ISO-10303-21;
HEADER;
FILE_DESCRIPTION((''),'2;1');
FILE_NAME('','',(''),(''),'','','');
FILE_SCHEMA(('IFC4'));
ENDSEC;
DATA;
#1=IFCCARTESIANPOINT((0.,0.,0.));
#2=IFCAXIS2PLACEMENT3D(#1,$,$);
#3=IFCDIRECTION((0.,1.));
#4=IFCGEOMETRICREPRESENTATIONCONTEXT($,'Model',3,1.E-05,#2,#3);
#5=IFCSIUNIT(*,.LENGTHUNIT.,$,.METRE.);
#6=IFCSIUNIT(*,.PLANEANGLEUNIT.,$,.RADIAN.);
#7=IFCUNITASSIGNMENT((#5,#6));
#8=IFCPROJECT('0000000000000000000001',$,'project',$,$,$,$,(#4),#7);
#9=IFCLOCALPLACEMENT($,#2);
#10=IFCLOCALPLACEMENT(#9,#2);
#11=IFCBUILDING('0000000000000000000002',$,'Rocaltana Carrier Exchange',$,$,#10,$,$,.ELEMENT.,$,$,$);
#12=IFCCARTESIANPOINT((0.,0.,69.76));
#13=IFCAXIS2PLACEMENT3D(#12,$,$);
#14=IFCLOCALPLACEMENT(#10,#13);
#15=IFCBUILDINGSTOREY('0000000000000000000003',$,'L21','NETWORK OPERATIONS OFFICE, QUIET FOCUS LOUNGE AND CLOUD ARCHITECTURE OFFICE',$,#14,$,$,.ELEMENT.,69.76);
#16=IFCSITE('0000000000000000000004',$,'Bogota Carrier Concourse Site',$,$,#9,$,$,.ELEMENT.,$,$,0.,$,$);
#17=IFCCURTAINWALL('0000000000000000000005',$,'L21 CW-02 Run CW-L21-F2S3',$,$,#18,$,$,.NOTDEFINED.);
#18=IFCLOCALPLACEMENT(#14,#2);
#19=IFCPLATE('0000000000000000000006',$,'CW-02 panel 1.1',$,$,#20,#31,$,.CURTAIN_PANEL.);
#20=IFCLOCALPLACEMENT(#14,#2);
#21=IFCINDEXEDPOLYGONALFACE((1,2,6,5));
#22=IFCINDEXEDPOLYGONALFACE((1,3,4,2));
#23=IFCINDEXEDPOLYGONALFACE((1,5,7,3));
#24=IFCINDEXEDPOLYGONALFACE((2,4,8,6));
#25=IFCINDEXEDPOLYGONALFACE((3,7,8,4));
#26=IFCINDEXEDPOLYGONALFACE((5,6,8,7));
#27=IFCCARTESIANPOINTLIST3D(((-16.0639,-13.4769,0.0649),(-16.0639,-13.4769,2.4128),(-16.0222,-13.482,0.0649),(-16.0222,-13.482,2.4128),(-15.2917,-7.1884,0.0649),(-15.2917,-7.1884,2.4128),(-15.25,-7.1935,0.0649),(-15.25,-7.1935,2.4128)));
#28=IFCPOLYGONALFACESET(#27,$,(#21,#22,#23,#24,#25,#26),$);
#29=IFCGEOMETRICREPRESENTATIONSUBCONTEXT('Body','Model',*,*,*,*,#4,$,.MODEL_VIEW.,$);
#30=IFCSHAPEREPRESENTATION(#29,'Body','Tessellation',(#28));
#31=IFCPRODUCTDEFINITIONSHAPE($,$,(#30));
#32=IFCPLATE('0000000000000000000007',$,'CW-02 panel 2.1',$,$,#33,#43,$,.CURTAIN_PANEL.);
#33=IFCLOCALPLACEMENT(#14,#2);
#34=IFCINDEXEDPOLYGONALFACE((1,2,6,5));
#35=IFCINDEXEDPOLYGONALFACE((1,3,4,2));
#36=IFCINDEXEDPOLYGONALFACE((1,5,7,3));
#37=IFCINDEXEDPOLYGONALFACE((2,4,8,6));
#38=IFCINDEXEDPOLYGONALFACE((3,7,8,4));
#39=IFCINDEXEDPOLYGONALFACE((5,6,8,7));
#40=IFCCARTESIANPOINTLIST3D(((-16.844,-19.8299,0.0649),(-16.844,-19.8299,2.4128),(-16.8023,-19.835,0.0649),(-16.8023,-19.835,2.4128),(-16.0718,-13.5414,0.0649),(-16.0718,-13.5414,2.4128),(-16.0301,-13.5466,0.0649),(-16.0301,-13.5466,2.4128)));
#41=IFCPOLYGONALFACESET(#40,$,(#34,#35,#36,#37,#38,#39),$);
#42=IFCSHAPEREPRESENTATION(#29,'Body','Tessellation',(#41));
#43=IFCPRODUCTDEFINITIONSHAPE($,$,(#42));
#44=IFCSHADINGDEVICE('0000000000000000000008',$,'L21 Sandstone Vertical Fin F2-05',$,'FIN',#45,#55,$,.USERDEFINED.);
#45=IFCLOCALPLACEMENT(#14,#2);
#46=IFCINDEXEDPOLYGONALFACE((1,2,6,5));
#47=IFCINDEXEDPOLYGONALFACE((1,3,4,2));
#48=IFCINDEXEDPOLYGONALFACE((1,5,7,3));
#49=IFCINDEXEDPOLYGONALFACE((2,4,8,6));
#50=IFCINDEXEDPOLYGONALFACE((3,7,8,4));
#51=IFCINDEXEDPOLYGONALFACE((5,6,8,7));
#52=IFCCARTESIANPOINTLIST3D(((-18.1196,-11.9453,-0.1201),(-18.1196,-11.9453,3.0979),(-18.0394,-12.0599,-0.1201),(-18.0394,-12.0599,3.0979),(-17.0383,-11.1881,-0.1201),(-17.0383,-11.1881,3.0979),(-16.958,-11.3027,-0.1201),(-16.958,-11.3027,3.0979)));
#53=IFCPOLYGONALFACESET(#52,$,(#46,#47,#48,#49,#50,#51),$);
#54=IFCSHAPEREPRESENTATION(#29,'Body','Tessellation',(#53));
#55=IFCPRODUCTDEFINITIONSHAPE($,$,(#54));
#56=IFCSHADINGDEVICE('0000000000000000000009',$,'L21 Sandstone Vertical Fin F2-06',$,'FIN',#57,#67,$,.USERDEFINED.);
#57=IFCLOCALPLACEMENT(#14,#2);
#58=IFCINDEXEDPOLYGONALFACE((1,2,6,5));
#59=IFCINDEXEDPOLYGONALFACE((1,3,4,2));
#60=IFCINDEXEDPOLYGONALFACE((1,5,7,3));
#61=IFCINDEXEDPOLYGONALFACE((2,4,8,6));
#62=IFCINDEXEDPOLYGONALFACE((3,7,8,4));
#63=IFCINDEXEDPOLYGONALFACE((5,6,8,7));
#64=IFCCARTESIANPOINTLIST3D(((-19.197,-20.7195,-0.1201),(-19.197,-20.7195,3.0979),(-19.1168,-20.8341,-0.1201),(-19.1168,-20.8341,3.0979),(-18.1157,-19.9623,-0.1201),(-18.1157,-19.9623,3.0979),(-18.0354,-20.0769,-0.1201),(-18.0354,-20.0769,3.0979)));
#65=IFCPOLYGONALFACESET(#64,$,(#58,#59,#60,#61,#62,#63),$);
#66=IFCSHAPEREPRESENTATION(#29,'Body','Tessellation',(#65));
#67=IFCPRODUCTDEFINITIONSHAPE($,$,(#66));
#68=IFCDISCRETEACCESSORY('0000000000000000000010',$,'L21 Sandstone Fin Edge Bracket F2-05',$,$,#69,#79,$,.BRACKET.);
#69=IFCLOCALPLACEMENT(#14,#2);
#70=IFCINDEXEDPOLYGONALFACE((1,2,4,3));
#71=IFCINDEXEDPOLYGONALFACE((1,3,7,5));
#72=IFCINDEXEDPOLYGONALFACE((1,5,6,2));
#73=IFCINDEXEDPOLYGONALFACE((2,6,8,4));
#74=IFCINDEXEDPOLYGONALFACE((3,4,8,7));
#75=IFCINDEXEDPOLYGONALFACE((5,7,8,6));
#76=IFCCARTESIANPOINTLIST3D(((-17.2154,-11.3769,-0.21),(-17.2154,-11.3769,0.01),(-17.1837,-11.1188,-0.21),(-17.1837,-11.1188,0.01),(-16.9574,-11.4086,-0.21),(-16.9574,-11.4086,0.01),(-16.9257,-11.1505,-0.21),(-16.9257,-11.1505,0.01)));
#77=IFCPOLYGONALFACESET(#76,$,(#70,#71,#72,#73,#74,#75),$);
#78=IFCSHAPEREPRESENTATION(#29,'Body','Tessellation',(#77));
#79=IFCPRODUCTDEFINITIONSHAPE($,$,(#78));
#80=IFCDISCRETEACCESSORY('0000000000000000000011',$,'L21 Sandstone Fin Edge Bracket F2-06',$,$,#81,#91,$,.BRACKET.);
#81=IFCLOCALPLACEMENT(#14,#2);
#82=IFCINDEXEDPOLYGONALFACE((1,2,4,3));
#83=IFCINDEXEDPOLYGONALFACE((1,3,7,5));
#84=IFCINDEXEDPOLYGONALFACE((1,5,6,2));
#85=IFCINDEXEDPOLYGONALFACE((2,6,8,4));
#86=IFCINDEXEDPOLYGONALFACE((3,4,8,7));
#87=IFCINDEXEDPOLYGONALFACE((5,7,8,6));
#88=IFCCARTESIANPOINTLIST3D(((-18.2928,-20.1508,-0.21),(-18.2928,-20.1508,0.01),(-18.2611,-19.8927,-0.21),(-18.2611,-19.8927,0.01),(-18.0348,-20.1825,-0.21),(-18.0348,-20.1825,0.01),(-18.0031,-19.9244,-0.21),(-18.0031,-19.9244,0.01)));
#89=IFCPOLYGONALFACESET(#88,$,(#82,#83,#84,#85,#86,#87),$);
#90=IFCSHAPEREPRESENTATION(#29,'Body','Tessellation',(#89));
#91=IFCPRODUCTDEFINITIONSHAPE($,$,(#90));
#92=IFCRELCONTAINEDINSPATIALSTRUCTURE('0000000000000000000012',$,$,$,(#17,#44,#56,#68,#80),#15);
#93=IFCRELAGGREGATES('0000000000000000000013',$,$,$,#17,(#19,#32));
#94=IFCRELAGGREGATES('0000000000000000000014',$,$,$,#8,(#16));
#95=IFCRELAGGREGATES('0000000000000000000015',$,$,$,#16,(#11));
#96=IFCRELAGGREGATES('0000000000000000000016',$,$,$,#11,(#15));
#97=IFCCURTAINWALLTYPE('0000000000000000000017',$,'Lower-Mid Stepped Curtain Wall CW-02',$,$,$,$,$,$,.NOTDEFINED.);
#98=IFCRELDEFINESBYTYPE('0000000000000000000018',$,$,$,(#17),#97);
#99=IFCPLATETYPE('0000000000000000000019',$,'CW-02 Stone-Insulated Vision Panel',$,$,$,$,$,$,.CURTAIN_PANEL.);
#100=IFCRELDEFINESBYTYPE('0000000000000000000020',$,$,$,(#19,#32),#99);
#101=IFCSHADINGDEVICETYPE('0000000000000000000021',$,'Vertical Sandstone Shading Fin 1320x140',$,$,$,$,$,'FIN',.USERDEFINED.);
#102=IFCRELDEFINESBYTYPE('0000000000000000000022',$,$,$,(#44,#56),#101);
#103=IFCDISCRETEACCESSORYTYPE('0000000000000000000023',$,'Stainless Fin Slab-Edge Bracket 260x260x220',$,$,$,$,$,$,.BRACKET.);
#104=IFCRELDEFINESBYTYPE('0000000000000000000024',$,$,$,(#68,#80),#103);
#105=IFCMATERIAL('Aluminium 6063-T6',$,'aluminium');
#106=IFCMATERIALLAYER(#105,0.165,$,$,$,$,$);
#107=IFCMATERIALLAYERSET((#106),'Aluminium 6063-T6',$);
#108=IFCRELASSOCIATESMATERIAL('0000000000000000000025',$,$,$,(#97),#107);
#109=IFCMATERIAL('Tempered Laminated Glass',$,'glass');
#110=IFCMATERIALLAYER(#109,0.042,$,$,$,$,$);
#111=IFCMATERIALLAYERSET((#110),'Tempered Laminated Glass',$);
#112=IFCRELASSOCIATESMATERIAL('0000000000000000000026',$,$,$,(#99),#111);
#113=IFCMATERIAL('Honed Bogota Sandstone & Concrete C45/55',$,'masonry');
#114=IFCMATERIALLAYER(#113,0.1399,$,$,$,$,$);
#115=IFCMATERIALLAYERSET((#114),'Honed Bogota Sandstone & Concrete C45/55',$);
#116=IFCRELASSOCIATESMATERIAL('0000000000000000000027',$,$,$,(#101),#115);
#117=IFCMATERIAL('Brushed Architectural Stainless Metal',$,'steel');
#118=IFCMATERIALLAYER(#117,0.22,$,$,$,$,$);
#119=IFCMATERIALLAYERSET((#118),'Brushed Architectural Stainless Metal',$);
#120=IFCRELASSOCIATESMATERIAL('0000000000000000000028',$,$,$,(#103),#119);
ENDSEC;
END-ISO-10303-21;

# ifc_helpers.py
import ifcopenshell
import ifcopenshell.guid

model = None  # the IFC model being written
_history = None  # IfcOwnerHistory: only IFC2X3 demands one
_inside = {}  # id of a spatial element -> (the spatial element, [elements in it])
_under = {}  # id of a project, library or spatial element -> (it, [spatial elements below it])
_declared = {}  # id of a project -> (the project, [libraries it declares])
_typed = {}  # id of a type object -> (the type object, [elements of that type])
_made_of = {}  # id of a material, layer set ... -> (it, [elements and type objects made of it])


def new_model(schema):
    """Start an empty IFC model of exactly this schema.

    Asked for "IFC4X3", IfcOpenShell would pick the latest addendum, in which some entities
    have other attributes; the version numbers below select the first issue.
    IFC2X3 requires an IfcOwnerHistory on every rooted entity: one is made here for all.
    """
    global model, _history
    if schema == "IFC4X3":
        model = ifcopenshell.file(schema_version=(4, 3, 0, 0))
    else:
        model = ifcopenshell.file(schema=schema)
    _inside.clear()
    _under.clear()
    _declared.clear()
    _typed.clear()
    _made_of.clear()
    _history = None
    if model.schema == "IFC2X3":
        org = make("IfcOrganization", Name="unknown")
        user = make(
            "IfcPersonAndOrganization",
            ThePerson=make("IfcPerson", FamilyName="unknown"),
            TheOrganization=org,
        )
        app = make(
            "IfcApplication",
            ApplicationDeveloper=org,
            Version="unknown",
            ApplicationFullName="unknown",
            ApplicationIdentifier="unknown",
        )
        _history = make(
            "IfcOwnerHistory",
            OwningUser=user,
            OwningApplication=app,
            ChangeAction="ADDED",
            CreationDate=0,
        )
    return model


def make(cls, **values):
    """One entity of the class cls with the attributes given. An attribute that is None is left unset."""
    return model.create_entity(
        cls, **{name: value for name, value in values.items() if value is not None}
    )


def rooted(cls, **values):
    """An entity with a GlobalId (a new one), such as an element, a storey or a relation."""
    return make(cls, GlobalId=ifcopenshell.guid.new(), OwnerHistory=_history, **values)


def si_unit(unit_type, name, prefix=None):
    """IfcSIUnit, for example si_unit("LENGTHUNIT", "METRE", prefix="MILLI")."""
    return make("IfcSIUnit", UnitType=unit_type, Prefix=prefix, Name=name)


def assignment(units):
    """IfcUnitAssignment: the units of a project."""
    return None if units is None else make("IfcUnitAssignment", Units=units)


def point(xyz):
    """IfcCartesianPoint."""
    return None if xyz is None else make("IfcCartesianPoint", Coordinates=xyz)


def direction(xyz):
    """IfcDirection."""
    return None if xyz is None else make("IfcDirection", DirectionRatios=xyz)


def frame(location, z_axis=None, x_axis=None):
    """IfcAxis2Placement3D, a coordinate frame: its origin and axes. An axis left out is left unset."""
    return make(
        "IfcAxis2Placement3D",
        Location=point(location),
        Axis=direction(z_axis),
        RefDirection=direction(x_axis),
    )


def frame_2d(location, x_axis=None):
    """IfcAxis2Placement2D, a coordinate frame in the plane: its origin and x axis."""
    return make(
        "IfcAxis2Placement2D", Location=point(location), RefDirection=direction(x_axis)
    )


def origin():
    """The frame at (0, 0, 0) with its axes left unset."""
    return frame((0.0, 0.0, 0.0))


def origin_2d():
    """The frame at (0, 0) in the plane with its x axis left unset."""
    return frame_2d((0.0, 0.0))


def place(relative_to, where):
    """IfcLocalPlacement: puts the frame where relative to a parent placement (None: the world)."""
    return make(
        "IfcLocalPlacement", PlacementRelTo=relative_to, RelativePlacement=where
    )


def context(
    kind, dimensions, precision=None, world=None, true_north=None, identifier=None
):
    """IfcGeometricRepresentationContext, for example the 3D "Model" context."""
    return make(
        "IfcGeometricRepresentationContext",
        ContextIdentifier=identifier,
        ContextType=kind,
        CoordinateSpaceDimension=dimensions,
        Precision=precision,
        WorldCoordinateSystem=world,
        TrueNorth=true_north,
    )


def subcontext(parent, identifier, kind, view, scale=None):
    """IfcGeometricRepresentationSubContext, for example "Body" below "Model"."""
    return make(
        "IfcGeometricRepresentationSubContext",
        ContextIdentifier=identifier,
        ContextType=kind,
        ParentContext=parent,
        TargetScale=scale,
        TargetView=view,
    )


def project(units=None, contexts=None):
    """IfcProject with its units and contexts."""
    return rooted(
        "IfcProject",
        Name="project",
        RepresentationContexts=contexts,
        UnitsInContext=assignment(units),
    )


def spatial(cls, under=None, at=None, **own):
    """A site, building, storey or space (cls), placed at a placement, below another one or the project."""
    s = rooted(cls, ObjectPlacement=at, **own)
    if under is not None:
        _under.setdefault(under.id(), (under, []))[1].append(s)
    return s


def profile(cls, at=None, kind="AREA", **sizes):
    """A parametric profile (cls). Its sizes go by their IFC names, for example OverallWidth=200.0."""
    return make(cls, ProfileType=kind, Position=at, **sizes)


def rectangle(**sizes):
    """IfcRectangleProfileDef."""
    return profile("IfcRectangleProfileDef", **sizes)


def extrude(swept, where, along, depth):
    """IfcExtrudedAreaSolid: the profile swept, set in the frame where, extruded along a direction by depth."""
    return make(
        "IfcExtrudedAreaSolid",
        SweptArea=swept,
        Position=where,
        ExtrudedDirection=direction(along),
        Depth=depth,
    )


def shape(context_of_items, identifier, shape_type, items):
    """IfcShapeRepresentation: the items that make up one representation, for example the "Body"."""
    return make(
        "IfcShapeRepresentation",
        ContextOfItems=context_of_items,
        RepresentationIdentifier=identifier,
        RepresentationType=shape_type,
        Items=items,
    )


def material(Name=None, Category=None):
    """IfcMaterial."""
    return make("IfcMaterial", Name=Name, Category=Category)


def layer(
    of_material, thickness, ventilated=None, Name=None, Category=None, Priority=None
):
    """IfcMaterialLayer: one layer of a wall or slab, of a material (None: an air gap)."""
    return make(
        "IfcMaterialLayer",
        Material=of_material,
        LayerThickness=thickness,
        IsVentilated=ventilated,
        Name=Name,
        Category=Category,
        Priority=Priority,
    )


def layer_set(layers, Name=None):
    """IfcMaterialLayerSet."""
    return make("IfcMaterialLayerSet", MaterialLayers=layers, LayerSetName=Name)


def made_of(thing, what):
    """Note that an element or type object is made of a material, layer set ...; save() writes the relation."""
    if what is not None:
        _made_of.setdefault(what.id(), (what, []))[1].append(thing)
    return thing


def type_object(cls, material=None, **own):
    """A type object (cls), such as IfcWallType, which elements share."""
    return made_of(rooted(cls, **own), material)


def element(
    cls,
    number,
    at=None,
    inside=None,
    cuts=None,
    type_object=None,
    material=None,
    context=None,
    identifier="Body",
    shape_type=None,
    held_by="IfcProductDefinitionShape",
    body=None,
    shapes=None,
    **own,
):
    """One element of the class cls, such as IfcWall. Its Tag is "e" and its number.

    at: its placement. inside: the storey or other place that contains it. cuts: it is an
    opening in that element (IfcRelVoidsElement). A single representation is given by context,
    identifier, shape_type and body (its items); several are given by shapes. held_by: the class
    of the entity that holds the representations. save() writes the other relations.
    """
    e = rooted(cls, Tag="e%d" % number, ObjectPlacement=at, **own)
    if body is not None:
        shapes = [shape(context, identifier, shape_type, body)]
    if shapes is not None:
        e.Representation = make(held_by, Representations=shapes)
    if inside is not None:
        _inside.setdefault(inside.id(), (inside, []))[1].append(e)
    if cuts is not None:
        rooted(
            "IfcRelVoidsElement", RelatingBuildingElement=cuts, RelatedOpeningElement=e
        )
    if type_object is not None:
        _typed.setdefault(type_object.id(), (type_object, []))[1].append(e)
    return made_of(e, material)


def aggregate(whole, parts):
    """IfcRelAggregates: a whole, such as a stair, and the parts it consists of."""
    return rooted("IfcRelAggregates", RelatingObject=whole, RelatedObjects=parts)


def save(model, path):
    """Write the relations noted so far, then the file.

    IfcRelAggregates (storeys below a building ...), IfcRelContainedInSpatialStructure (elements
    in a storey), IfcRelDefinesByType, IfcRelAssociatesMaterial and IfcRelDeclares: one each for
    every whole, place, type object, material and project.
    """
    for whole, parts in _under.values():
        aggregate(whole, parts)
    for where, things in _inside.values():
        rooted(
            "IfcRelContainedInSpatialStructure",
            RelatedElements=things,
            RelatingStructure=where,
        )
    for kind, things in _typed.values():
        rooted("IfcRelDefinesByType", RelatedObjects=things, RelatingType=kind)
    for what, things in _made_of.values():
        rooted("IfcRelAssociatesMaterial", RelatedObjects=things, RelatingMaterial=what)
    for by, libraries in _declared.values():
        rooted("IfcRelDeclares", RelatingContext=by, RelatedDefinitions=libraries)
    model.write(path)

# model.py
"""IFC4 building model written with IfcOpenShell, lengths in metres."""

from ifc_helpers import new_model, si_unit, direction, frame, origin, origin_2d, place, context, subcontext, project, spatial, rectangle, extrude, material, layer, layer_set, type_object, element, aggregate, save


model = new_model("IFC4")

# Units and contexts
model_context = context("Model", 3, precision=1e-05, world=origin(), true_north=direction((0.0, 1.0)))
body_context = subcontext(model_context, "Body", "Model", "MODEL_VIEW")
ifc_project = project(units=[si_unit("LENGTHUNIT", "METRE"), si_unit("PLANEANGLEUNIT", "RADIAN")], contexts=[model_context])

# Site, building, storey
site_placement = place(None, origin())
site = spatial("IfcSite", under=ifc_project, at=site_placement, Name="Bogota Carrier Concourse Site", CompositionType="ELEMENT", RefElevation=0.0)
building_placement = place(site_placement, origin())
building = spatial("IfcBuilding", under=site, at=building_placement, Name="Rocaltana Carrier Exchange", CompositionType="ELEMENT")
storey_placement = place(building_placement, frame((0.0, 0.0, 69.76)))
storey = spatial("IfcBuildingStorey", under=building, at=storey_placement, Name="L21", Description="NETWORK OPERATIONS OFFICE, QUIET FOCUS LOUNGE AND CLOUD ARCHITECTURE OFFICE", CompositionType="ELEMENT", Elevation=69.76)

# Curtain wall
ifc_material_1 = material(Name="Aluminium 6063-T6", Category="aluminium")
ifc_layer_1 = layer(ifc_material_1, 0.165)
ifc_layer_set_1 = layer_set([ifc_layer_1], Name="Aluminium 6063-T6")
curtain_wall_type = type_object("IfcCurtainWallType", Name="Lower-Mid Stepped Curtain Wall CW-02", PredefinedType="NOTDEFINED", material=ifc_layer_set_1)
curtain_wall_1_placement = place(storey_placement, origin())
curtain_wall_1 = element("IfcCurtainWall", 1, at=curtain_wall_1_placement, inside=storey, type_object=curtain_wall_type, Name="L21 CW-02 Run CW-L21-F2S3", PredefinedType="NOTDEFINED")

# Plates
ifc_material_2 = material(Name="Tempered Laminated Glass", Category="glass")
ifc_layer_2 = layer(ifc_material_2, 0.042)
ifc_layer_set_2 = layer_set([ifc_layer_2], Name="Tempered Laminated Glass")
plate_type = type_object("IfcPlateType", Name="CW-02 Stone-Insulated Vision Panel", PredefinedType="CURTAIN_PANEL", material=ifc_layer_set_2)
plate_1_placement = place(storey_placement, frame((-15.657, -10.3352, 0.0649), z_axis=(0.0, 0.0, 1.0), x_axis=(-0.121881, -0.992545, 0.0)))
plate_1 = element("IfcPlate", 2, at=plate_1_placement, type_object=plate_type, Name="CW-02 panel 1.1", PredefinedType="CURTAIN_PANEL", context=body_context, shape_type="SweptSolid", body=[
    extrude(rectangle(XDim=6.3357, YDim=0.042, at=origin_2d()), origin(), (0.0, 0.0, 1.0), 2.3479),
])
plate_2_placement = place(storey_placement, frame((-16.437, -16.6882, 0.0649), z_axis=(0.0, 0.0, 1.0), x_axis=(-0.121881, -0.992545, 0.0)))
plate_2 = element("IfcPlate", 3, at=plate_2_placement, type_object=plate_type, Name="CW-02 panel 2.1", PredefinedType="CURTAIN_PANEL", context=body_context, shape_type="SweptSolid", body=[
    extrude(rectangle(XDim=6.3357, YDim=0.042, at=origin_2d()), origin(), (0.0, 0.0, 1.0), 2.3479),
])
aggregate(curtain_wall_1, [plate_1, plate_2])

# Shading devices
ifc_material_3 = material(Name="Honed Bogota Sandstone & Concrete C45/55", Category="masonry")
ifc_layer_3 = layer(ifc_material_3, 0.1399)
ifc_layer_set_3 = layer_set([ifc_layer_3], Name="Honed Bogota Sandstone & Concrete C45/55")
shading_device_type = type_object("IfcShadingDeviceType", Name="Vertical Sandstone Shading Fin 1320x140", ElementType="FIN", PredefinedType="USERDEFINED", material=ifc_layer_set_3)
for number, where, z_axis, x_axis, name in (
    (4, (-17.5388, -11.624, -0.1201), (0.0, 0.0, 1.0), (-0.819152, -0.573576, 0.0), "L21 Sandstone Vertical Fin F2-05"),
    (5, (-18.6162, -20.3982, -0.1201), (0.0, 0.0, 1.0), (-0.819152, -0.573576, 0.0), "L21 Sandstone Vertical Fin F2-06"),
):
    element("IfcShadingDevice", number, at=place(storey_placement, frame(where, z_axis=z_axis, x_axis=x_axis)), inside=storey, type_object=shading_device_type, Name=name, ObjectType="FIN", PredefinedType="USERDEFINED", context=body_context, shape_type="SweptSolid", body=[
        extrude(rectangle(XDim=1.3201, YDim=0.1399, at=origin_2d()), origin(), (0.0, 0.0, 1.0), 3.218),
    ])

# Discrete accessories
ifc_material_4 = material(Name="Brushed Architectural Stainless Metal", Category="steel")
ifc_layer_4 = layer(ifc_material_4, 0.22)
ifc_layer_set_4 = layer_set([ifc_layer_4], Name="Brushed Architectural Stainless Metal")
discrete_accessory_type = type_object("IfcDiscreteAccessoryType", Name="Stainless Fin Slab-Edge Bracket 260x260x220", PredefinedType="BRACKET", material=ifc_layer_set_4)
for number, where, z_axis, x_axis, name in (
    (6, (-17.0706, -11.2637, -0.21), (0.0, 0.0, 1.0), (-0.121869, -0.992546, 0.0), "L21 Sandstone Fin Edge Bracket F2-05"),
    (7, (-18.1479, -20.0376, -0.21), (0.0, 0.0, 1.0), (-0.121869, -0.992546, 0.0), "L21 Sandstone Fin Edge Bracket F2-06"),
):
    element("IfcDiscreteAccessory", number, at=place(storey_placement, frame(where, z_axis=z_axis, x_axis=x_axis)), inside=storey, type_object=discrete_accessory_type, Name=name, PredefinedType="BRACKET", context=body_context, shape_type="SweptSolid", body=[
        extrude(rectangle(XDim=0.26, YDim=0.26, at=origin_2d()), origin(), (0.0, 0.0, 1.0), 0.22),
    ])

save(model, "model.ifc")
